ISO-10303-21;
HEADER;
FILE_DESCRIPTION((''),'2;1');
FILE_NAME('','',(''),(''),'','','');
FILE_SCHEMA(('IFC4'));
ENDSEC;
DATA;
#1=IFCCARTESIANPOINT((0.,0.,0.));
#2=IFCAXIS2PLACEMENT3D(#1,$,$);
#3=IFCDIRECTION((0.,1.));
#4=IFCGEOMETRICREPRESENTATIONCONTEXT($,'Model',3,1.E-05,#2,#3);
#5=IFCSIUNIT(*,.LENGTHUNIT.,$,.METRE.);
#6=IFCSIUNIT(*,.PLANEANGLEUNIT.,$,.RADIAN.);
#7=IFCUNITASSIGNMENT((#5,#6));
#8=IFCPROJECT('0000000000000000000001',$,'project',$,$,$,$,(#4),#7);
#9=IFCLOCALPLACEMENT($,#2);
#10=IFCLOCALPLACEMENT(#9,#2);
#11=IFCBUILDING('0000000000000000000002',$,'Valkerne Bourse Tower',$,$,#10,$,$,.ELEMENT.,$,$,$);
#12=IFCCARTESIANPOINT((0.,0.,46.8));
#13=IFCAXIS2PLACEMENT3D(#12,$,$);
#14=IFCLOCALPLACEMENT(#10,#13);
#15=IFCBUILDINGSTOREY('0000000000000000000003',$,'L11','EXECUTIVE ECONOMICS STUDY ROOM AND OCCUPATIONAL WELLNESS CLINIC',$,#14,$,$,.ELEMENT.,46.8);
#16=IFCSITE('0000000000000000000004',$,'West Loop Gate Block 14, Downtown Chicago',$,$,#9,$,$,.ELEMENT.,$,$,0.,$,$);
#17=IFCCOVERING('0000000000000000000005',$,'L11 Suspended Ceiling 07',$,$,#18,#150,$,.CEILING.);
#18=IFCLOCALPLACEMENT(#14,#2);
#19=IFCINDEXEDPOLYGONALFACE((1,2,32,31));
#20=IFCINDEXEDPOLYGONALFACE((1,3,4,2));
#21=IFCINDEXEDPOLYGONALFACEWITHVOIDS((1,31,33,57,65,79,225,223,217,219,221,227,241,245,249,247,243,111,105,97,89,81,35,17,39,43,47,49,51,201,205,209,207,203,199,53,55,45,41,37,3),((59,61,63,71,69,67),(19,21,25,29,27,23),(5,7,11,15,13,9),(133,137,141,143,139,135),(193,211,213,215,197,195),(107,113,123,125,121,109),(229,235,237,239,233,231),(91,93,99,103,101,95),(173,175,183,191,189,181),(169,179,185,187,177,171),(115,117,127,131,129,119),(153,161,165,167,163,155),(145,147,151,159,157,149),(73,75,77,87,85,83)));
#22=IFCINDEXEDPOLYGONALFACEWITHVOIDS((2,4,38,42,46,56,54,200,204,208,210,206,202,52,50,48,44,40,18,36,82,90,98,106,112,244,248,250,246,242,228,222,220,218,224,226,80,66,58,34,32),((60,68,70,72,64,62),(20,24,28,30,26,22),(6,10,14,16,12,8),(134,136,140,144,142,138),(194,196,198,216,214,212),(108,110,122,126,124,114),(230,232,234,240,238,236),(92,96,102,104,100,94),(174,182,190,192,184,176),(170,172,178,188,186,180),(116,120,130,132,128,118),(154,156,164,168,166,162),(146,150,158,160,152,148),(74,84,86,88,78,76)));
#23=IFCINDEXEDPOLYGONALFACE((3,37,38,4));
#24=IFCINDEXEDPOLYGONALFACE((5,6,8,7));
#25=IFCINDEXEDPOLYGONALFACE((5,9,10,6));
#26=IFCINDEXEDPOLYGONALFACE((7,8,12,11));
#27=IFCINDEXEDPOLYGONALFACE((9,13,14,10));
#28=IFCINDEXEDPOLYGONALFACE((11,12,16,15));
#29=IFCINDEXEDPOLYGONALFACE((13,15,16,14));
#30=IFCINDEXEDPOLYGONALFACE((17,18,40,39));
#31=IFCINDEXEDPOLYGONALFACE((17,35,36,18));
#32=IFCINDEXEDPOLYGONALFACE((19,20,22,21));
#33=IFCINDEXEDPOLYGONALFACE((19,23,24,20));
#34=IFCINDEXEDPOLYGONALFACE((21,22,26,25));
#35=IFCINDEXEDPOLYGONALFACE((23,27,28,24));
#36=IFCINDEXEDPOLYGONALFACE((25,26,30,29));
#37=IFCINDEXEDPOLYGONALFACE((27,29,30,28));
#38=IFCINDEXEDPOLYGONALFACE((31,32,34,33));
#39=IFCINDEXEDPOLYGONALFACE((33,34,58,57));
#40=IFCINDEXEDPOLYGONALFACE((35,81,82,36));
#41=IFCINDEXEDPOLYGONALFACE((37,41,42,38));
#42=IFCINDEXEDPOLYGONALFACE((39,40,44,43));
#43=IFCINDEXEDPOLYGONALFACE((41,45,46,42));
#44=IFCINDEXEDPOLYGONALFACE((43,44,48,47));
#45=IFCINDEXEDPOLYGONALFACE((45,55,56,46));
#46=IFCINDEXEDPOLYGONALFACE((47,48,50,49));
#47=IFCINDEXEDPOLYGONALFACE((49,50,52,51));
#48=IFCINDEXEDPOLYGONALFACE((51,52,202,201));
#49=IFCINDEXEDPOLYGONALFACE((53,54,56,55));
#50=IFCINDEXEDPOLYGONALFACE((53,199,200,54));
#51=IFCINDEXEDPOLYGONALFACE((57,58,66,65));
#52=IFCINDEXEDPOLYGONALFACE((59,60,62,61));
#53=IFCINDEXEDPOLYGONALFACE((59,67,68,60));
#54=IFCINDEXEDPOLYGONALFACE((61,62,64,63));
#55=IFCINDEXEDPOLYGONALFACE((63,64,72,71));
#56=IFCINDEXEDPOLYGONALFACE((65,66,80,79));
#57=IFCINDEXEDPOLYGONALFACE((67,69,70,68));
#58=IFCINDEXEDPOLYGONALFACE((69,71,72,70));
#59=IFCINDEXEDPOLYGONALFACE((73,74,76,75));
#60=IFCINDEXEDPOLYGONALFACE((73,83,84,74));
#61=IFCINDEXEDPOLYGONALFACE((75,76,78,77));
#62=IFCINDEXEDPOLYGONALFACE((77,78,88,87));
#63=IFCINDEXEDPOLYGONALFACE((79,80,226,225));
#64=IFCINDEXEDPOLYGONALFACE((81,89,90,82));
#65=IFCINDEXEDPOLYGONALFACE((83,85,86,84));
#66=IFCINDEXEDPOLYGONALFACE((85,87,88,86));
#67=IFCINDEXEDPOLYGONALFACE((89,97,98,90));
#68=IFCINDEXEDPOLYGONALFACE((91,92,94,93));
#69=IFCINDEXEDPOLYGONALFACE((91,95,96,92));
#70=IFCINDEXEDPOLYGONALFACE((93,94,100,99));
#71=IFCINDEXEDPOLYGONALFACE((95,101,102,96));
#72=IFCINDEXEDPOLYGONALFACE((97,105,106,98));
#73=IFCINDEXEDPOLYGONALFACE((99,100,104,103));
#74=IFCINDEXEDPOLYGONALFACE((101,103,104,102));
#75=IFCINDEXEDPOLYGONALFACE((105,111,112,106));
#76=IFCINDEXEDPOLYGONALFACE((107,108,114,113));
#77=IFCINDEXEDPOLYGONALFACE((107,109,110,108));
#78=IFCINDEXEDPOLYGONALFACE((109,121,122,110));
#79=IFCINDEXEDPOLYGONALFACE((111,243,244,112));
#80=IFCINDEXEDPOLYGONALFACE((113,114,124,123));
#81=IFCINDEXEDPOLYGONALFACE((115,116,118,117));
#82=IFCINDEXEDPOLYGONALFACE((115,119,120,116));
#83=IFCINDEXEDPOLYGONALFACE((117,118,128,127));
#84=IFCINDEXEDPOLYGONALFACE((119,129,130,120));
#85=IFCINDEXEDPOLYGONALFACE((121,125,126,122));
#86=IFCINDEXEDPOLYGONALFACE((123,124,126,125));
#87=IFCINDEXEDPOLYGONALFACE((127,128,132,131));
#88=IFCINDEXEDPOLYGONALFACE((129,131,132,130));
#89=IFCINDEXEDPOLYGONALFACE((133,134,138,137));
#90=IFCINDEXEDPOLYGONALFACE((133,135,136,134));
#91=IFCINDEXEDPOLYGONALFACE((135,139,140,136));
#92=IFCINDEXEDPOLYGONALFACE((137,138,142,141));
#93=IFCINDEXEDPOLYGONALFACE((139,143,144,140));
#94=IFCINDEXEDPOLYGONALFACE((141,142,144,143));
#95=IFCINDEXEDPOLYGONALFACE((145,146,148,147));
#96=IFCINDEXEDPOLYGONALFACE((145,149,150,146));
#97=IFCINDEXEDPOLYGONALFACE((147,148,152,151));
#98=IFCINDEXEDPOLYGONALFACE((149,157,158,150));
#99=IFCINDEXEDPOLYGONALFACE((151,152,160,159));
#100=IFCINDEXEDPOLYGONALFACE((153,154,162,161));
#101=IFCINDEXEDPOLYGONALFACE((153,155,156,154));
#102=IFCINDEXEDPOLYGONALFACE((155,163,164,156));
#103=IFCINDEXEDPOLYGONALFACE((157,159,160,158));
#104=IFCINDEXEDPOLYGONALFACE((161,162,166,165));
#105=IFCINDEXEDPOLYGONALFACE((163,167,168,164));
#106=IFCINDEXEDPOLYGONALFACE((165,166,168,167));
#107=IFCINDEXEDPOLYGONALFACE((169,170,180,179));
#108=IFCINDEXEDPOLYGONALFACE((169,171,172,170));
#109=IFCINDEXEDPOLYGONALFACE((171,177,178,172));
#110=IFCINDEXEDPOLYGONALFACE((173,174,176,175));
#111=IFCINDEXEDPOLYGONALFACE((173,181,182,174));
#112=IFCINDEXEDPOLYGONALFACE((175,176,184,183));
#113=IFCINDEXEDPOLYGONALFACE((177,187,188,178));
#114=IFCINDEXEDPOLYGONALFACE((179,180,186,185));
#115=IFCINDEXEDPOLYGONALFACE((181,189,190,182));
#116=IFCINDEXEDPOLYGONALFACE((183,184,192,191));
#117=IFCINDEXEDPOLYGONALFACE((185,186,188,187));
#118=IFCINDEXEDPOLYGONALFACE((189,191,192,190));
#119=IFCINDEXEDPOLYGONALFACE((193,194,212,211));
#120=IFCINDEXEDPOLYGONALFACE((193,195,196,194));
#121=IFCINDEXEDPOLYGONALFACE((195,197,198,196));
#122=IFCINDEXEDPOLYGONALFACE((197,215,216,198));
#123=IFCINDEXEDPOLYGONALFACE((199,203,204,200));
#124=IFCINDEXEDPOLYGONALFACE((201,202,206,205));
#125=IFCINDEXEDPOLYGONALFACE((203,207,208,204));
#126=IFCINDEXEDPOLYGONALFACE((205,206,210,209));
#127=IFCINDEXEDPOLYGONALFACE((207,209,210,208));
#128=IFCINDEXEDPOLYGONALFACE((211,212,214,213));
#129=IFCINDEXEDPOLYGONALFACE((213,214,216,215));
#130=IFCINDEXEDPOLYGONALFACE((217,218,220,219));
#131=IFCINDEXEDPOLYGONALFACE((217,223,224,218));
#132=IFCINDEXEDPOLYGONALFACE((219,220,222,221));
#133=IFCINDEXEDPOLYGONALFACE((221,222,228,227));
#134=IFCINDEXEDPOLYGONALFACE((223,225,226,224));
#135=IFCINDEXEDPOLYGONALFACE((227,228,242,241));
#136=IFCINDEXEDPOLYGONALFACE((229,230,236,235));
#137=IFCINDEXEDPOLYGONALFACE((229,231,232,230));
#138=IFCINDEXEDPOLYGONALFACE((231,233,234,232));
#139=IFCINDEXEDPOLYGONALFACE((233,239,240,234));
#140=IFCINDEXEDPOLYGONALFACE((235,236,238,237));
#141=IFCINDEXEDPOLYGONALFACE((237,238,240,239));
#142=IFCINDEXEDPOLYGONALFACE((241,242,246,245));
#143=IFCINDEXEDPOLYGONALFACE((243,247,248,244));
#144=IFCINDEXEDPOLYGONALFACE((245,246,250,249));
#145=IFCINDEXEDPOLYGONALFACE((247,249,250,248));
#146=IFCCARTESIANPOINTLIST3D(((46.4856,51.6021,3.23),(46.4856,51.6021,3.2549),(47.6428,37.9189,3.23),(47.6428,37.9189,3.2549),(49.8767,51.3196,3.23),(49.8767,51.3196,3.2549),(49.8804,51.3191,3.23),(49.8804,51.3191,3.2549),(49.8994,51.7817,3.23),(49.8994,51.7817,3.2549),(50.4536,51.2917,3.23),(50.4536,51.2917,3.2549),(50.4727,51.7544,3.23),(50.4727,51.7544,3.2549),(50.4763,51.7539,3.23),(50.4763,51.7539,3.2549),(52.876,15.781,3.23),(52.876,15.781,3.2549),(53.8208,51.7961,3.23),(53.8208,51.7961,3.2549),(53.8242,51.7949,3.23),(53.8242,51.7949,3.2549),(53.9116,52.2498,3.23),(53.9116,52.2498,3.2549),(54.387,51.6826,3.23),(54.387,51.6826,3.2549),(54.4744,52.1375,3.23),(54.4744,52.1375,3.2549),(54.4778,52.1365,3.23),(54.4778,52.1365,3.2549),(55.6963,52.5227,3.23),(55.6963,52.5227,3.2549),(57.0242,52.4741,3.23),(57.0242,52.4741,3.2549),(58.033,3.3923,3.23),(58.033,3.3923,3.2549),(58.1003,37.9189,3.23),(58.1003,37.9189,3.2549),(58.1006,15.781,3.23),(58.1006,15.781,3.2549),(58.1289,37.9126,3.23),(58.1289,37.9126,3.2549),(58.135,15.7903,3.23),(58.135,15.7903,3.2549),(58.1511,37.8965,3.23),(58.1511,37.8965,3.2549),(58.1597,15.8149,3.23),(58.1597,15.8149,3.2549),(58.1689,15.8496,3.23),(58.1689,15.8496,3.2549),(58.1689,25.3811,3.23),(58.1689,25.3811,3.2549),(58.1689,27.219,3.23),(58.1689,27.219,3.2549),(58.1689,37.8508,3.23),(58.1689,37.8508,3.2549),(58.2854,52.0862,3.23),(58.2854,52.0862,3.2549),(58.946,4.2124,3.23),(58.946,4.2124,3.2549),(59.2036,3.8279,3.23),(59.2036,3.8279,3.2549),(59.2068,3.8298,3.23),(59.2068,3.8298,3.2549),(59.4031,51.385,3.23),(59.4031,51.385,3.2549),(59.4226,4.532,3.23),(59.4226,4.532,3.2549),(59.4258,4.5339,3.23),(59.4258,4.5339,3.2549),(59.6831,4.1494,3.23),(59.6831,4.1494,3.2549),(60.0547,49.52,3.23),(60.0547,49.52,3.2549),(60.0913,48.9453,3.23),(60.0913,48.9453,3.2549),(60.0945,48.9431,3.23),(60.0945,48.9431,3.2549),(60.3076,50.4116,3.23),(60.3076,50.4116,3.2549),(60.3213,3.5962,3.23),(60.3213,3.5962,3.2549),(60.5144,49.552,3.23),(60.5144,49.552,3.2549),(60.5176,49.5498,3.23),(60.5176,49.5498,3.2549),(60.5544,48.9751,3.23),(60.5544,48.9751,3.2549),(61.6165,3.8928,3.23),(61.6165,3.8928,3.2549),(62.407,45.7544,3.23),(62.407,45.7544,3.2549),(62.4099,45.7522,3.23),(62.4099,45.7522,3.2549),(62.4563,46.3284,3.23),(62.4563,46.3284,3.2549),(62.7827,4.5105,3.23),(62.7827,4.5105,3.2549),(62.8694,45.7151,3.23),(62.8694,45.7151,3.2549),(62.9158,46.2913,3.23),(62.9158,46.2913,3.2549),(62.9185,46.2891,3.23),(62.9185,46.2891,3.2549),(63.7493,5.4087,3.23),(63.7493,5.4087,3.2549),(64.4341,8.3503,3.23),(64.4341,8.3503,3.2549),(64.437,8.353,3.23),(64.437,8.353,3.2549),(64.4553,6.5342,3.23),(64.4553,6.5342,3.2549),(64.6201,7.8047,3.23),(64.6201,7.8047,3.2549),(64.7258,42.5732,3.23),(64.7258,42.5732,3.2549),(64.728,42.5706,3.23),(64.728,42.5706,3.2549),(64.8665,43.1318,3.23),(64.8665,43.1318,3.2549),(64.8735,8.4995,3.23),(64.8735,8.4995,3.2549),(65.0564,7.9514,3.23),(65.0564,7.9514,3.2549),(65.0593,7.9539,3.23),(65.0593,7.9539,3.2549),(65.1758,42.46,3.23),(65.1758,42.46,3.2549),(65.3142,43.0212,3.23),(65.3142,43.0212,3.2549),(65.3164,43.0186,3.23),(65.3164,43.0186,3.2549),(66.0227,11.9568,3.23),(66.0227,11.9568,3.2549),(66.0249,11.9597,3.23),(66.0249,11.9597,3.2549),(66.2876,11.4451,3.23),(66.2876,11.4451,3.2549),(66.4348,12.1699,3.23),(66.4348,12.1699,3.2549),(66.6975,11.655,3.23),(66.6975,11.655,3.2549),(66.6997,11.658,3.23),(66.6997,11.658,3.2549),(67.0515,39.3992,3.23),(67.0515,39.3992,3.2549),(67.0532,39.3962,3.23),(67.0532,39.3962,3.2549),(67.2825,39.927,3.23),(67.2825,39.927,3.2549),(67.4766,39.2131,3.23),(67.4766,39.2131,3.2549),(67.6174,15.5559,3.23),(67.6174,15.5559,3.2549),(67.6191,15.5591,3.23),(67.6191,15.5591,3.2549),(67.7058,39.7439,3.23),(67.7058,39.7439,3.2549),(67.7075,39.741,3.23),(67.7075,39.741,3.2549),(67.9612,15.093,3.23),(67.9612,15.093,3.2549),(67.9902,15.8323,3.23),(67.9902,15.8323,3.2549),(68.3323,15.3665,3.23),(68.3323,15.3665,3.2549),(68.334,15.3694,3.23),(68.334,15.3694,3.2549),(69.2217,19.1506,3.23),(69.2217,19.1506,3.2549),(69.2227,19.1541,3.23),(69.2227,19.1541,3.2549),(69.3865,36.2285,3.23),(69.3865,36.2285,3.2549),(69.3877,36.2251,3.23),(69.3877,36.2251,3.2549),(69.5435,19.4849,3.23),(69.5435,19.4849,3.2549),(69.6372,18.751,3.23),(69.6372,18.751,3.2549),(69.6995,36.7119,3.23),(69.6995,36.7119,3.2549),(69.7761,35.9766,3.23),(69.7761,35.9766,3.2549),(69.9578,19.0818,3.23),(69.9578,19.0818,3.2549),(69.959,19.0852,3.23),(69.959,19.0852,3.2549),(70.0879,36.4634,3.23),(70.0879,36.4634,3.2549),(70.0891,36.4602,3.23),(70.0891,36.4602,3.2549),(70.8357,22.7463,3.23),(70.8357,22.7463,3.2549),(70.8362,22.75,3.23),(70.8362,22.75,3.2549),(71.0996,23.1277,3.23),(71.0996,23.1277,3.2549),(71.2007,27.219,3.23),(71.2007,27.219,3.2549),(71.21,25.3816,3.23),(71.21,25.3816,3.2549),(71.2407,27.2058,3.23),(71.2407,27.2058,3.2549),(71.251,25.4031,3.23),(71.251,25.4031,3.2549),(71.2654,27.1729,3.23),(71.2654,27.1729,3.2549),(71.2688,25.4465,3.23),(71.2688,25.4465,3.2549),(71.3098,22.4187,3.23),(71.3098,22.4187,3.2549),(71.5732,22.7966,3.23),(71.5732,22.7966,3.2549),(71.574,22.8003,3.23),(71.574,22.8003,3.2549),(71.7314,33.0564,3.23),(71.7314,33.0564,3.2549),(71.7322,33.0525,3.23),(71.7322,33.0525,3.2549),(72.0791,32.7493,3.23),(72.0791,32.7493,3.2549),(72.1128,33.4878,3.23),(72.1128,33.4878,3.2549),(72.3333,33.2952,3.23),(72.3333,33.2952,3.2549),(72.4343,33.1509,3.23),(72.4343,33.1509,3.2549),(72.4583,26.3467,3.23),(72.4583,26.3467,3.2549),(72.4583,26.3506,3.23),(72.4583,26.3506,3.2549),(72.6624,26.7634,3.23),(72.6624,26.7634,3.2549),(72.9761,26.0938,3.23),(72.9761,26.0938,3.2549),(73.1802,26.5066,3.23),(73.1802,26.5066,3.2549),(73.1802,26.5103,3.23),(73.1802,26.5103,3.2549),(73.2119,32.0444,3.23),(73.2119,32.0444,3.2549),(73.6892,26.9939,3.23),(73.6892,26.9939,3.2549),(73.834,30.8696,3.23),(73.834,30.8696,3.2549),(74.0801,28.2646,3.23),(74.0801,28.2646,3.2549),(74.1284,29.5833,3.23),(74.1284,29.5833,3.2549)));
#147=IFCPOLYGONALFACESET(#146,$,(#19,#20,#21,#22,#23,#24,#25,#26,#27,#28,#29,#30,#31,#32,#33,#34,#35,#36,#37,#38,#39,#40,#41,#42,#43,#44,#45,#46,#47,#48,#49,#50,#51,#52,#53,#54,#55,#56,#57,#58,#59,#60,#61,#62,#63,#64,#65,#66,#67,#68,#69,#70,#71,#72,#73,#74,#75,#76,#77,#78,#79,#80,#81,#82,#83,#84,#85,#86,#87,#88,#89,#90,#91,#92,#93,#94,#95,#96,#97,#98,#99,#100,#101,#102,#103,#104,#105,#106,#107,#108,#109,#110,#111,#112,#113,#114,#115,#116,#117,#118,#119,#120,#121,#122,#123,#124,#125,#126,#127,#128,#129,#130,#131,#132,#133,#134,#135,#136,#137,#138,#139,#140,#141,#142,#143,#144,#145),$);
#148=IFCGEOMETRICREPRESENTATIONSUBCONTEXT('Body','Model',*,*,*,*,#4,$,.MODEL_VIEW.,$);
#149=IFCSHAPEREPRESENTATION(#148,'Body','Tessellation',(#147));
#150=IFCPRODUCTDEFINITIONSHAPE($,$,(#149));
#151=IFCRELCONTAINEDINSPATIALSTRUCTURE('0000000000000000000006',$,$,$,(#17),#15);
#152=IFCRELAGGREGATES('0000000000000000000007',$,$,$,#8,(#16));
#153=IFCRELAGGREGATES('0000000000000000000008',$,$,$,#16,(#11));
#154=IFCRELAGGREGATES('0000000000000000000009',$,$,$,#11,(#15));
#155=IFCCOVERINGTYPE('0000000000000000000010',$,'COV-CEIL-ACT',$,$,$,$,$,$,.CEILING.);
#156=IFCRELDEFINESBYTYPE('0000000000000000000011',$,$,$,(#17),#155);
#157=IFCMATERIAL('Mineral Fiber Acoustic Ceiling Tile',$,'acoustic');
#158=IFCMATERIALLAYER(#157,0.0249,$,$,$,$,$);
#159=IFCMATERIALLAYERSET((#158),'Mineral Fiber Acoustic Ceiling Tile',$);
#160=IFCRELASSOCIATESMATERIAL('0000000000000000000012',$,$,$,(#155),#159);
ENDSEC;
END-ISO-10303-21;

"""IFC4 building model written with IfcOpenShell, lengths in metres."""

from ifc_helpers import new_model, si_unit, direction, frame, origin, place, context, subcontext, project, spatial, polyline, outline, extrude, material, layer, layer_set, type_object, element, save


model = new_model("IFC4")

# Units and contexts
model_context = context("Model", 3, precision=1e-05, world=origin(), true_north=direction((0.0, 1.0)))
body_context = subcontext(model_context, "Body", "Model", "MODEL_VIEW")
ifc_project = project(units=[si_unit("LENGTHUNIT", "METRE"), si_unit("PLANEANGLEUNIT", "RADIAN")], contexts=[model_context])

# Site, building, storey
site_placement = place(None, origin())
site = spatial("IfcSite", under=ifc_project, at=site_placement, Name="West Loop Gate Block 14, Downtown Chicago", CompositionType="ELEMENT", RefElevation=0.0)
building_placement = place(site_placement, origin())
building = spatial("IfcBuilding", under=site, at=building_placement, Name="Valkerne Bourse Tower", CompositionType="ELEMENT")
storey_placement = place(building_placement, frame((0.0, 0.0, 46.8)))
storey = spatial("IfcBuildingStorey", under=building, at=storey_placement, Name="L11", Description="EXECUTIVE ECONOMICS STUDY ROOM AND OCCUPATIONAL WELLNESS CLINIC", CompositionType="ELEMENT", Elevation=46.8)

# Covering
ifc_material_1 = material(Name="Mineral Fiber Acoustic Ceiling Tile", Category="acoustic")
ifc_layer_1 = layer(ifc_material_1, 0.0249)
ifc_layer_set_1 = layer_set([ifc_layer_1], Name="Mineral Fiber Acoustic Ceiling Tile")
covering_type_1 = type_object("IfcCoveringType", Name="COV-CEIL-ACT", PredefinedType="CEILING", material=ifc_layer_set_1)
covering_1_placement = place(storey_placement, frame((0.0, 0.0, 3.23)))
element("IfcCovering", 1, at=covering_1_placement, inside=storey, type_object=covering_type_1, Name="L11 Suspended Ceiling 07", PredefinedType="CEILING", context=body_context, shape_type="SweptSolid", body=[
    extrude(outline(polyline([(61.6165, 3.8928), (60.3213, 3.5962), (58.033, 3.3923), (52.876, 15.781), (58.1006, 15.781), (58.135, 15.7903), (58.1597, 15.8149), (58.1689, 15.8496), (58.1689, 25.3811), (71.21, 25.3816), (71.251, 25.4031), (71.2688, 25.4465), (71.2654, 27.1729), (71.2407, 27.2058), (71.2007, 27.219), (58.1689, 27.219), (58.1689, 37.8508), (58.1511, 37.8965), (58.1289, 37.9126), (58.1003, 37.9189), (47.6428, 37.9189), (46.4856, 51.6021), (55.6963, 52.5227), (57.0242, 52.4741), (58.2854, 52.0862), (59.4031, 51.385), (60.3076, 50.4116), (72.3333, 33.2952), (72.1128, 33.4878), (71.7314, 33.0564), (71.7322, 33.0525), (72.0791, 32.7493), (72.4343, 33.1509), (73.2119, 32.0444), (73.834, 30.8696), (74.1284, 29.5833), (74.0801, 28.2646), (73.6892, 26.9939), (64.4553, 6.5342), (63.7493, 5.4087), (62.7827, 4.5105), (61.6165, 3.8928)]), holes=[polyline([(50.4763, 51.7539), (50.4727, 51.7544), (49.8994, 51.7817), (49.8767, 51.3196), (49.8804, 51.3191), (50.4536, 51.2917), (50.4763, 51.7539)]), polyline([(54.4778, 52.1365), (54.4744, 52.1375), (53.9116, 52.2498), (53.8208, 51.7961), (53.8242, 51.7949), (54.387, 51.6826), (54.4778, 52.1365)]), polyline([(59.2068, 3.8298), (59.6831, 4.1494), (59.4258, 4.5339), (59.4226, 4.532), (58.946, 4.2124), (59.2036, 3.8279), (59.2068, 3.8298)]), polyline([(65.0564, 7.9514), (65.0593, 7.9539), (64.8735, 8.4995), (64.437, 8.353), (64.4341, 8.3503), (64.6201, 7.8047), (65.0564, 7.9514)]), polyline([(66.6997, 11.658), (66.4348, 12.1699), (66.0249, 11.9597), (66.0227, 11.9568), (66.2876, 11.4451), (66.6975, 11.655), (66.6997, 11.658)]), polyline([(68.3323, 15.3665), (68.334, 15.3694), (67.9902, 15.8323), (67.6191, 15.5591), (67.6174, 15.5559), (67.9612, 15.093), (68.3323, 15.3665)]), polyline([(69.9578, 19.0818), (69.959, 19.0852), (69.5435, 19.4849), (69.2227, 19.1541), (69.2217, 19.1506), (69.6372, 18.751), (69.9578, 19.0818)]), polyline([(71.574, 22.8003), (71.0996, 23.1277), (70.8362, 22.75), (70.8357, 22.7463), (71.3098, 22.4187), (71.5732, 22.7966), (71.574, 22.8003)]), polyline([(73.1802, 26.5066), (73.1802, 26.5103), (72.6624, 26.7634), (72.4583, 26.3506), (72.4583, 26.3467), (72.9761, 26.0938), (73.1802, 26.5066)]), polyline([(70.0879, 36.4634), (69.6995, 36.7119), (69.3865, 36.2285), (69.3877, 36.2251), (69.7761, 35.9766), (70.0891, 36.4602), (70.0879, 36.4634)]), polyline([(67.7075, 39.741), (67.7058, 39.7439), (67.2825, 39.927), (67.0515, 39.3992), (67.0532, 39.3962), (67.4766, 39.2131), (67.7075, 39.741)]), polyline([(65.3164, 43.0186), (65.3142, 43.0212), (64.8665, 43.1318), (64.7258, 42.5732), (64.728, 42.5706), (65.1758, 42.46), (65.3164, 43.0186)]), polyline([(62.9158, 46.2913), (62.4563, 46.3284), (62.407, 45.7544), (62.4099, 45.7522), (62.8694, 45.7151), (62.9185, 46.2891), (62.9158, 46.2913)]), polyline([(60.5544, 48.9751), (60.5176, 49.5498), (60.5144, 49.552), (60.0547, 49.52), (60.0913, 48.9453), (60.0945, 48.9431), (60.5544, 48.9751)])]), origin(), (0.0, 0.0, 1.0), 0.0249),
])

save(model, "model.ifc")
